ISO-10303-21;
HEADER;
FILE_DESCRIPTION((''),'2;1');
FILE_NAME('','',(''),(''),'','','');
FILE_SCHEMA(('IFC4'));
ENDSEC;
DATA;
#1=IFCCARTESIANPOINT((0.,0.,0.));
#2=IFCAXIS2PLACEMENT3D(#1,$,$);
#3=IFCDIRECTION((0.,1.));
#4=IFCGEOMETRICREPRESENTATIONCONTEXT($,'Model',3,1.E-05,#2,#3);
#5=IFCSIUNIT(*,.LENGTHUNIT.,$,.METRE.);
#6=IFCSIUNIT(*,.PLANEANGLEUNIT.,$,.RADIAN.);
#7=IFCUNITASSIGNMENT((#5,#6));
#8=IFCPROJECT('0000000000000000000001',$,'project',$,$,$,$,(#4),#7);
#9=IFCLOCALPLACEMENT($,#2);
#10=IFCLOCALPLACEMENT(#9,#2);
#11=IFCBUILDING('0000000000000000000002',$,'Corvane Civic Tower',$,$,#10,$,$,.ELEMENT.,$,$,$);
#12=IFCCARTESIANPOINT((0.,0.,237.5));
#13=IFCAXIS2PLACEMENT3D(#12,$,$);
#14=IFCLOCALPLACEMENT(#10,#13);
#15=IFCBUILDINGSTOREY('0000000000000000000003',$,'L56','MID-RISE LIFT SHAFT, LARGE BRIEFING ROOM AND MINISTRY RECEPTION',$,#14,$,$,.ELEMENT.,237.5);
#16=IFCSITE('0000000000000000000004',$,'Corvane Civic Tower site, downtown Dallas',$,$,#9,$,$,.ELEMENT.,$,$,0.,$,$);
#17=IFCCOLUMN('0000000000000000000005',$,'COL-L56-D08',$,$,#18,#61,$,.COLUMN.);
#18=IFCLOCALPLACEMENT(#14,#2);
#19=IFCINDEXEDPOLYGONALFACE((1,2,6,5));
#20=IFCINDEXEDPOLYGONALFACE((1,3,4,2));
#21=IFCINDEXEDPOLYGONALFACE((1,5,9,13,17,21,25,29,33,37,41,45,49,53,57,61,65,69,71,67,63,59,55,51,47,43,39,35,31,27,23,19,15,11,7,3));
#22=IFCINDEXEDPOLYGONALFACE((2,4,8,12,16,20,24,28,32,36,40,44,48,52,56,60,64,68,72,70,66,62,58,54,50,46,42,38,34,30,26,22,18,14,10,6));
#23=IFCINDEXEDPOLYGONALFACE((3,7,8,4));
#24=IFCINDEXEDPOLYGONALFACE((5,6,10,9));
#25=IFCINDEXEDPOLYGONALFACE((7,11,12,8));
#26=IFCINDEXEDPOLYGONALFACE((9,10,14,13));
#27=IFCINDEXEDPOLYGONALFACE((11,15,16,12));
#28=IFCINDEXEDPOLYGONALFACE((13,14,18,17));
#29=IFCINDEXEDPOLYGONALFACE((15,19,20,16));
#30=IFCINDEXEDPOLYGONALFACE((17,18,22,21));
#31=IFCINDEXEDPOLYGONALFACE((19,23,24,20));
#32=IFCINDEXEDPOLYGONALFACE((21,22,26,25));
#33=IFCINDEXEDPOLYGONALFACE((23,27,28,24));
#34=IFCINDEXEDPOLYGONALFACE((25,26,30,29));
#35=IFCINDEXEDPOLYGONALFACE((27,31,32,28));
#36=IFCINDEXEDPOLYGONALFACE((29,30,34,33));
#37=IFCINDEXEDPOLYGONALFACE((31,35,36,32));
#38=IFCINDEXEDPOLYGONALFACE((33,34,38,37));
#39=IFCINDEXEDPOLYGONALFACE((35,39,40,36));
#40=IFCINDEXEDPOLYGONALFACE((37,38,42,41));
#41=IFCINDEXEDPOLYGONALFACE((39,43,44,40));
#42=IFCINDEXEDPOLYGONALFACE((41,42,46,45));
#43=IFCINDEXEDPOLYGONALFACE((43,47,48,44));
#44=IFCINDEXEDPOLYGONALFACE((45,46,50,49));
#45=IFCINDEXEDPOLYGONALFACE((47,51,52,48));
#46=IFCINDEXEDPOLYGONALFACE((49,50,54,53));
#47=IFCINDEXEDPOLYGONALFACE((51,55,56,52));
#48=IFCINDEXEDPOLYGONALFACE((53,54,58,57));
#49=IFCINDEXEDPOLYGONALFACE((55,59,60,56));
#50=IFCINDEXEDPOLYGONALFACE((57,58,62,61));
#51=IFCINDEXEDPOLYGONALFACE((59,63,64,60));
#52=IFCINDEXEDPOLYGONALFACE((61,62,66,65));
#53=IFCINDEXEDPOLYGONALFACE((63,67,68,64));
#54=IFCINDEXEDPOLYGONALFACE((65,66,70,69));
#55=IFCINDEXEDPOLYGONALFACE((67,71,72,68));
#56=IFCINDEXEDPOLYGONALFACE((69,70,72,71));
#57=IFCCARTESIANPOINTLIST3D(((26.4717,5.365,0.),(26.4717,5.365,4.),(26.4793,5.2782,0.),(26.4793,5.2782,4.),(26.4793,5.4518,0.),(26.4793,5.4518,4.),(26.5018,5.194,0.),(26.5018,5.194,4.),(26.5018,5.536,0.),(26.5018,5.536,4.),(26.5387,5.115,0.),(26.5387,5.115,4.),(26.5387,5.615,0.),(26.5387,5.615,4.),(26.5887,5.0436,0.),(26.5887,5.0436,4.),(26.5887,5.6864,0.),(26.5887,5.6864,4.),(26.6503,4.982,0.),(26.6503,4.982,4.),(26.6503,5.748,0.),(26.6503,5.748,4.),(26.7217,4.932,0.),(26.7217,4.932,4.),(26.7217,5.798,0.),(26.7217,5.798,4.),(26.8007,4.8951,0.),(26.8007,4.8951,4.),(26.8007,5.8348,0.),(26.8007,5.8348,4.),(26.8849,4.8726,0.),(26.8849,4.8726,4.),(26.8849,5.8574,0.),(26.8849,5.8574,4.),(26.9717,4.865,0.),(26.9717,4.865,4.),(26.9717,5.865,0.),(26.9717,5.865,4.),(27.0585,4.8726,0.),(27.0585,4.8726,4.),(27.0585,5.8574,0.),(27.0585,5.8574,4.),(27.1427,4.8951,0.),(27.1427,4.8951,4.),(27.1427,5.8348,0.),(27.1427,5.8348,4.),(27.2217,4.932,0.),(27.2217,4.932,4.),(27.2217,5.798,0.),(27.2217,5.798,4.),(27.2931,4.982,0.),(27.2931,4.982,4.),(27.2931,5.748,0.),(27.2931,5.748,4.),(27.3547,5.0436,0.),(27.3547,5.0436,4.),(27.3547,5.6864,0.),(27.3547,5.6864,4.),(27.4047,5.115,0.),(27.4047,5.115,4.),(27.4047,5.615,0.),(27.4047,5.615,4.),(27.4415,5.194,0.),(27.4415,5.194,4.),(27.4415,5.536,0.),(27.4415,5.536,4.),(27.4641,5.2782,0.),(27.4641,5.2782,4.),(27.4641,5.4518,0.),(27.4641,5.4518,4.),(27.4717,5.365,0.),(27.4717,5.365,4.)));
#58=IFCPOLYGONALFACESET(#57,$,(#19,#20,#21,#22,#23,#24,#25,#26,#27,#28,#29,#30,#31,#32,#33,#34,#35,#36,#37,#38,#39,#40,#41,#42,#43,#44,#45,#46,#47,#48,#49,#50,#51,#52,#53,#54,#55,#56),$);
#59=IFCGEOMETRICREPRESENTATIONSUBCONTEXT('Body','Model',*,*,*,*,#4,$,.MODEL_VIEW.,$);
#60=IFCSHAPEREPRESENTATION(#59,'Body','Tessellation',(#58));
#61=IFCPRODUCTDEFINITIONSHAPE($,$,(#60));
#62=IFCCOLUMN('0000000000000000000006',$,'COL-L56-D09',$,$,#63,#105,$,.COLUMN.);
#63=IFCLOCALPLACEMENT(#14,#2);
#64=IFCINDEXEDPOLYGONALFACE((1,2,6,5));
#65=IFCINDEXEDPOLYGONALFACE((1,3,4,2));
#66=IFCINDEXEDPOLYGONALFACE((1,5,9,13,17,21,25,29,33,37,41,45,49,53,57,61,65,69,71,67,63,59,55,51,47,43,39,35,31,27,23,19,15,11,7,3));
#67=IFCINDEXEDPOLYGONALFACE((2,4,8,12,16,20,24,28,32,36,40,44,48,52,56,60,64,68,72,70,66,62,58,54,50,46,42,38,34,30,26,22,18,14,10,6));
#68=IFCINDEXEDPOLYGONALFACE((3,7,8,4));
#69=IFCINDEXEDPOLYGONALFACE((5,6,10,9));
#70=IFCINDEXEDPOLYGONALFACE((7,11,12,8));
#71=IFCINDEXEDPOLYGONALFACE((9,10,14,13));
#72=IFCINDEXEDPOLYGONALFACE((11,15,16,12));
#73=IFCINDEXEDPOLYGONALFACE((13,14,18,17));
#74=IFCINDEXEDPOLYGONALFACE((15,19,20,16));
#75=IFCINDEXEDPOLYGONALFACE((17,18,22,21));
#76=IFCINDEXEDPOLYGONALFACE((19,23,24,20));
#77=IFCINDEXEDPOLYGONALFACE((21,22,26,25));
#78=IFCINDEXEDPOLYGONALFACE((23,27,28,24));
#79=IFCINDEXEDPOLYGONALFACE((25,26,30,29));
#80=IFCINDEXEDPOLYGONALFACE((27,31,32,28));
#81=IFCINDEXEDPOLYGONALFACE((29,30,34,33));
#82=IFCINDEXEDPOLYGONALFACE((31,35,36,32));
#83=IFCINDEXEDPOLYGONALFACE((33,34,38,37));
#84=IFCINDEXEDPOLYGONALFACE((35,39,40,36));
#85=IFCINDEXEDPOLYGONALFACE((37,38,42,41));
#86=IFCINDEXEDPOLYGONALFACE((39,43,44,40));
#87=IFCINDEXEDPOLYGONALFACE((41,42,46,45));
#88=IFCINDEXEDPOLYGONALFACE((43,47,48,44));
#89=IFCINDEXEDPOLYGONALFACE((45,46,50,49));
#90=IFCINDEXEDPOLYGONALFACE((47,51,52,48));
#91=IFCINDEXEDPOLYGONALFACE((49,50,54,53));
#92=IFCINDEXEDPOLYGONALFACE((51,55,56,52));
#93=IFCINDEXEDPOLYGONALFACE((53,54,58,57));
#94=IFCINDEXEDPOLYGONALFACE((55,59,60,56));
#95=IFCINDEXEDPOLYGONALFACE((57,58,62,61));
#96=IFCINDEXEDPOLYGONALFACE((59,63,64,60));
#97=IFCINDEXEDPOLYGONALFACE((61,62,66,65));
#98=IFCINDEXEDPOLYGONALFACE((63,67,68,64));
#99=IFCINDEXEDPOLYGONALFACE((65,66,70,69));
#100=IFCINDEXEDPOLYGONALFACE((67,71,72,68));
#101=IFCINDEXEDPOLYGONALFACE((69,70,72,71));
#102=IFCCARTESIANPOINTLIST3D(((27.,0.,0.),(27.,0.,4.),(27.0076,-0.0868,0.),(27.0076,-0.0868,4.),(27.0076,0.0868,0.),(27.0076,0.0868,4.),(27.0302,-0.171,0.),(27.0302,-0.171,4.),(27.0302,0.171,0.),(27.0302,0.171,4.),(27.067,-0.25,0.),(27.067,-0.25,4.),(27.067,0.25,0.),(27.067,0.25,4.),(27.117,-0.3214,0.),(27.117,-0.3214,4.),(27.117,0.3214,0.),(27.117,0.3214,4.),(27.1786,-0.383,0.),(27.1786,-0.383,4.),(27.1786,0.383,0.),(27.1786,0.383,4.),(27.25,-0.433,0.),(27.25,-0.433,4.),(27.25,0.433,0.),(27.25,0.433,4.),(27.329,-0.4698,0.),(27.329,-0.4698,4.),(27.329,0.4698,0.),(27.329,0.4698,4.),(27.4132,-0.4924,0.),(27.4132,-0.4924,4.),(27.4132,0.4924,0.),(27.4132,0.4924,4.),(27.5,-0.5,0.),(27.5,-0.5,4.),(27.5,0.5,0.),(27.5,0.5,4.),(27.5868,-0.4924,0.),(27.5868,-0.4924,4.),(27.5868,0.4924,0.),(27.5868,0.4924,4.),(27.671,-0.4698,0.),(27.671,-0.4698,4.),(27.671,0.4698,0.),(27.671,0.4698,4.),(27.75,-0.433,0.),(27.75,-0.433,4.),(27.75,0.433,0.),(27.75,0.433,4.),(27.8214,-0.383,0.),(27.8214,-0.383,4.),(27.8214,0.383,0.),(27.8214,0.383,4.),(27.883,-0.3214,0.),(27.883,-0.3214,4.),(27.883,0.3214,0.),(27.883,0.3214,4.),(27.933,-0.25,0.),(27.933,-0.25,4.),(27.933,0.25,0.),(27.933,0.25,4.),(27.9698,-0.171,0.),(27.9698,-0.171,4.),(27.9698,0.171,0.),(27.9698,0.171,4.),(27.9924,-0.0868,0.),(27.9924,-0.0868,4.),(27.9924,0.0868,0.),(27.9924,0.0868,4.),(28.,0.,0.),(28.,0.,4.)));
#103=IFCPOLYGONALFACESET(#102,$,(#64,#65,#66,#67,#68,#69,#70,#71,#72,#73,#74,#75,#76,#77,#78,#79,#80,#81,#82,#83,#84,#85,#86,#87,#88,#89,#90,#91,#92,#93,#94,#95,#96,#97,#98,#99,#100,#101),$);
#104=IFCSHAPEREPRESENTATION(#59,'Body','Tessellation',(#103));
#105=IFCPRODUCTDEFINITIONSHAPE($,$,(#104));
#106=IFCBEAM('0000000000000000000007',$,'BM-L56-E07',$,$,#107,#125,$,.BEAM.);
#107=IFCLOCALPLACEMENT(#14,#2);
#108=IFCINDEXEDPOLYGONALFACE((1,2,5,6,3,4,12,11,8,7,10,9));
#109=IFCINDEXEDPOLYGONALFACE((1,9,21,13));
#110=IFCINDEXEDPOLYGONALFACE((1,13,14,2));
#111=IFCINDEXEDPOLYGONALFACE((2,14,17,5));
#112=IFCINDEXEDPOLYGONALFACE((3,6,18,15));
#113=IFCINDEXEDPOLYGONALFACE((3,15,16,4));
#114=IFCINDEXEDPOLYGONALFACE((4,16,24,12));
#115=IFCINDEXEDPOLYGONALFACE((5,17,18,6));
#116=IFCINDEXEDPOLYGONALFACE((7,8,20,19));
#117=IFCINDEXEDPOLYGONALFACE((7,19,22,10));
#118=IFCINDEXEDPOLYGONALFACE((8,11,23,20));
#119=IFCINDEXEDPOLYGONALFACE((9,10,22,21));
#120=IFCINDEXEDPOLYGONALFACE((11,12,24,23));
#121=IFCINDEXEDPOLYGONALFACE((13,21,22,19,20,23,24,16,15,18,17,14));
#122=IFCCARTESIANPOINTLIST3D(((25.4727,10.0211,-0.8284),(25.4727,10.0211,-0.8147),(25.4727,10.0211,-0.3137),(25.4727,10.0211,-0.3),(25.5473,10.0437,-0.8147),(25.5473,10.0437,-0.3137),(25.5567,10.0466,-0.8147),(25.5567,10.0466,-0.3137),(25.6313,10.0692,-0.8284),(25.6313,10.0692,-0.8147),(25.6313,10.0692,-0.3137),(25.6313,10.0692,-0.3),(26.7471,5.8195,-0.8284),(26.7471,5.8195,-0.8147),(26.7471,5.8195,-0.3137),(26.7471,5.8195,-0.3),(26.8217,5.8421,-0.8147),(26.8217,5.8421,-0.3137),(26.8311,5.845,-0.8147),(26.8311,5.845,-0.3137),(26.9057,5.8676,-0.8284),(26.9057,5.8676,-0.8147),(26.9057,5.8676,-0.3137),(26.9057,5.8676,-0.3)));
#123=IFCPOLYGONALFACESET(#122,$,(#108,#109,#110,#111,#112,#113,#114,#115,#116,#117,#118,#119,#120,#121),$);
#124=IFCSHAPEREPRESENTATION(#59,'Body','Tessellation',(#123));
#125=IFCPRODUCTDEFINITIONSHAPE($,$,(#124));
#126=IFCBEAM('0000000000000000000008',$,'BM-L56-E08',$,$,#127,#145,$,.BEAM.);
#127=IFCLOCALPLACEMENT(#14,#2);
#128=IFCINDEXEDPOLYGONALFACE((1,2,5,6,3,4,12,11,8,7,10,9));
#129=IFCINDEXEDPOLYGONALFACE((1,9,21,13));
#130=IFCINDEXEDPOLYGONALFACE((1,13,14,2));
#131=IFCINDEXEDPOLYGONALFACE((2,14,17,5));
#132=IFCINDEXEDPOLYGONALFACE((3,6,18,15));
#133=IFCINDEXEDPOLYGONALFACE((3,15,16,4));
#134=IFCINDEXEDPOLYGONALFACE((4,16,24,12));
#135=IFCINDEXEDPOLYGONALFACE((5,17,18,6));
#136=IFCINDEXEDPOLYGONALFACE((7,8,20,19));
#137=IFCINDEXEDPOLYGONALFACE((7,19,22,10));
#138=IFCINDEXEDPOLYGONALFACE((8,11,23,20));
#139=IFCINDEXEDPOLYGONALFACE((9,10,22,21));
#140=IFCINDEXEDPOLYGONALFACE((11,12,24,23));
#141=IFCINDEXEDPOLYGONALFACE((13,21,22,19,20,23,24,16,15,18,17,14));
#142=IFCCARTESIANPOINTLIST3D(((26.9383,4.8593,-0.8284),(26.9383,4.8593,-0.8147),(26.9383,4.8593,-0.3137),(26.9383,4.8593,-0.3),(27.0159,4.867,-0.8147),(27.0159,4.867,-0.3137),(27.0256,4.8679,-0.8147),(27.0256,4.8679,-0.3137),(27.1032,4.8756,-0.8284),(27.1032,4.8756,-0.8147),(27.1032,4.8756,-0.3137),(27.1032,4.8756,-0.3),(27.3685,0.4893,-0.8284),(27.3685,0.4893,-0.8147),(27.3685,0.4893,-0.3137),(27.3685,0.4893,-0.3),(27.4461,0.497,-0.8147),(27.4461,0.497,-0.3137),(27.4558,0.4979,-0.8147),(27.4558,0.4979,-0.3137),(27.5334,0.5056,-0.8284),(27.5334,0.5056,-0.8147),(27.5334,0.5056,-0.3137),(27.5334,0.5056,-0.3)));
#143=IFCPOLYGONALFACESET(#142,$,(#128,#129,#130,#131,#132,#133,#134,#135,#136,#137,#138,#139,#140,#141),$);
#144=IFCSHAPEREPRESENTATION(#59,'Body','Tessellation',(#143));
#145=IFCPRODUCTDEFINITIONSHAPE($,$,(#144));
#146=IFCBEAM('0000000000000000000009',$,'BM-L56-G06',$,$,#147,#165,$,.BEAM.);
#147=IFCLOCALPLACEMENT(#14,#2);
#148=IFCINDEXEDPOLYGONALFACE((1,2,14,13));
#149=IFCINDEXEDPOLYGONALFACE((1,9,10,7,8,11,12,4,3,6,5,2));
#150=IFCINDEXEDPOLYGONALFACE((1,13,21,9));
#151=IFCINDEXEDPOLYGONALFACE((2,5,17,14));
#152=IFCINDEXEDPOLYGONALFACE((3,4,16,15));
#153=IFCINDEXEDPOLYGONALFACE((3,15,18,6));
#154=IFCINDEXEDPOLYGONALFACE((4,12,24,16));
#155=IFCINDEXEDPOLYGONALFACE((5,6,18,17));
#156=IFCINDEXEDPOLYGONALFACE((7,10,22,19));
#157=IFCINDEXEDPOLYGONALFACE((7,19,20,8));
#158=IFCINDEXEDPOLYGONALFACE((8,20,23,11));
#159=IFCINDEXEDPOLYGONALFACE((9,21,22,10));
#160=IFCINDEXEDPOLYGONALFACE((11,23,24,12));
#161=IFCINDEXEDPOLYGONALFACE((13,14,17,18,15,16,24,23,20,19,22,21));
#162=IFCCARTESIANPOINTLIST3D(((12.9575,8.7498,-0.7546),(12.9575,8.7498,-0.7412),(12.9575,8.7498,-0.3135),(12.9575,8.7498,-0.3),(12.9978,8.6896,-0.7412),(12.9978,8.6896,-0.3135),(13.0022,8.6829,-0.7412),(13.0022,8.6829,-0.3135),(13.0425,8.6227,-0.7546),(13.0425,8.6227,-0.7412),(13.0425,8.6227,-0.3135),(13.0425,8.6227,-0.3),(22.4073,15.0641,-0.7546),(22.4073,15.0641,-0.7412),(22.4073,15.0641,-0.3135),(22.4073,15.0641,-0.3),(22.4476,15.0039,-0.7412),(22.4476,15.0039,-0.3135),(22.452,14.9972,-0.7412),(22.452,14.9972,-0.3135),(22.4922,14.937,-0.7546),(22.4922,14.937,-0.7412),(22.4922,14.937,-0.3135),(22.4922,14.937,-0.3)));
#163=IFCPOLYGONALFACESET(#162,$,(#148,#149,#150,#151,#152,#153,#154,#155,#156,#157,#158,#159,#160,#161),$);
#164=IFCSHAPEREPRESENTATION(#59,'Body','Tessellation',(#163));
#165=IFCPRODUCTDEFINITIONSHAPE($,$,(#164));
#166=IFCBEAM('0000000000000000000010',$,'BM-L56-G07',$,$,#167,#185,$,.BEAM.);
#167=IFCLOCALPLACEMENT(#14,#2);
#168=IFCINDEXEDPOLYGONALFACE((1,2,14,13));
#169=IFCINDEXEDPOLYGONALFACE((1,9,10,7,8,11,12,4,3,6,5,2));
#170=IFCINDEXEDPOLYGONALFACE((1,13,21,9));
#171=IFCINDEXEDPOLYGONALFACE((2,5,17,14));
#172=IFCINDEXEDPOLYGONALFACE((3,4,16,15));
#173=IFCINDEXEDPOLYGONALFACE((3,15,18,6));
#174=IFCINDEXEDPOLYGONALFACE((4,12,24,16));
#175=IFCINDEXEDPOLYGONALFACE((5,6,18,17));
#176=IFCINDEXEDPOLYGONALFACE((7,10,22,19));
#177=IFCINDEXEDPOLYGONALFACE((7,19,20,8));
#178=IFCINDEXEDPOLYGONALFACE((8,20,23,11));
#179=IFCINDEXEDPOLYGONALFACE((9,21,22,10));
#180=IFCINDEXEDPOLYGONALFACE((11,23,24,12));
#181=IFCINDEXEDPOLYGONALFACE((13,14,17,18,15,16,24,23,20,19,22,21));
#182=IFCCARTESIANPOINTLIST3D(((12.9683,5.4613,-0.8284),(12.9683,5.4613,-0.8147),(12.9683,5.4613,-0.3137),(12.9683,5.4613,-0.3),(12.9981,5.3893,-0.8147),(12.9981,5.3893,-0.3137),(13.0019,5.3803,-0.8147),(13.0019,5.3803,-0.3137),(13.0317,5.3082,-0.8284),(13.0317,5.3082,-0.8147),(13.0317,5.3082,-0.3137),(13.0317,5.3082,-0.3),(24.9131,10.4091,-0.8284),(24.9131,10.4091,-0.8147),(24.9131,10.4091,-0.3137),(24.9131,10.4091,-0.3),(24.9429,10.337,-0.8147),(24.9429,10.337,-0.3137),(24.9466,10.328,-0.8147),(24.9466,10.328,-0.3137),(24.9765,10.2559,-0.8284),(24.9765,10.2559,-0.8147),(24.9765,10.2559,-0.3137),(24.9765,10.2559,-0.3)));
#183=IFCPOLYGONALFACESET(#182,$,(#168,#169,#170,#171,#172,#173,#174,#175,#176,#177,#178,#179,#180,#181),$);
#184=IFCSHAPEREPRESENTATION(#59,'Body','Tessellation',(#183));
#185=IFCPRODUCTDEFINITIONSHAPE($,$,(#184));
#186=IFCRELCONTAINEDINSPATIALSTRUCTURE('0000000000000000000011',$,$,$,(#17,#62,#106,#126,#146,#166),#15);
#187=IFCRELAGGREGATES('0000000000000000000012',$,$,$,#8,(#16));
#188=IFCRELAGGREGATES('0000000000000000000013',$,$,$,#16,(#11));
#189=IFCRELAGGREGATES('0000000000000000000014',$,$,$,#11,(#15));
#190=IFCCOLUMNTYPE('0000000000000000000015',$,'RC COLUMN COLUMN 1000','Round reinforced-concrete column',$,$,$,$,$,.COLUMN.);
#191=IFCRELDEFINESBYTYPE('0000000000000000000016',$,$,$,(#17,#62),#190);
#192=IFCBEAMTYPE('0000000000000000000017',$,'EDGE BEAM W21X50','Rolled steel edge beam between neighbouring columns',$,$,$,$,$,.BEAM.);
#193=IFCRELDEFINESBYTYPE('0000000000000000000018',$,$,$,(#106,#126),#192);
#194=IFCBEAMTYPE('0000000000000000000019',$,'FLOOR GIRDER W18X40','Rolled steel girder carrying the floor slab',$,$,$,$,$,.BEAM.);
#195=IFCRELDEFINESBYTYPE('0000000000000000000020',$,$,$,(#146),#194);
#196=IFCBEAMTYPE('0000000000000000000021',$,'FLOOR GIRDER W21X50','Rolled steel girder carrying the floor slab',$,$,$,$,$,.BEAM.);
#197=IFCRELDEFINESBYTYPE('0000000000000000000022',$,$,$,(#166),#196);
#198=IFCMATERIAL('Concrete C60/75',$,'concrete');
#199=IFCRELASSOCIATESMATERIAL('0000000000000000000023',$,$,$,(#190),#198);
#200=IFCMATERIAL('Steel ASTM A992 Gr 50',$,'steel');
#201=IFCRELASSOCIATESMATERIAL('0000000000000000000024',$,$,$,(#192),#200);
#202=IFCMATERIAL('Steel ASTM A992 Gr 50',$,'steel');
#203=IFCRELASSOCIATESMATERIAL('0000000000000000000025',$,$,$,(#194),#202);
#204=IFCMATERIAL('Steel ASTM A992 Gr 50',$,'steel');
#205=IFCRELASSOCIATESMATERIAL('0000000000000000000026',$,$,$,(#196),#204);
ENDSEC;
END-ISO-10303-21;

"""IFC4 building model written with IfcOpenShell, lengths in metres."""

from ifc_helpers import new_model, si_unit, direction, frame, origin, origin_2d, place, context, subcontext, project, spatial, circle, i_section, extrude, material, material_profile, profile_set, type_object, element, save


model = new_model("IFC4")

# Units and contexts
model_context = context("Model", 3, precision=1e-05, world=origin(), true_north=direction((0.0, 1.0)))
body_context = subcontext(model_context, "Body", "Model", "MODEL_VIEW")
ifc_project = project(units=[si_unit("LENGTHUNIT", "METRE"), si_unit("PLANEANGLEUNIT", "RADIAN")], contexts=[model_context])

# Site, building, storey
site_placement = place(None, origin())
site = spatial("IfcSite", under=ifc_project, at=site_placement, Name="Corvane Civic Tower site, downtown Dallas", CompositionType="ELEMENT", RefElevation=0.0)
building_placement = place(site_placement, origin())
building = spatial("IfcBuilding", under=site, at=building_placement, Name="Corvane Civic Tower", CompositionType="ELEMENT")
storey_placement = place(building_placement, frame((0.0, 0.0, 237.5)))
storey = spatial("IfcBuildingStorey", under=building, at=storey_placement, Name="L56", Description="MID-RISE LIFT SHAFT, LARGE BRIEFING ROOM AND MINISTRY RECEPTION", CompositionType="ELEMENT", Elevation=237.5)

# Columns
ifc_material_1 = material(Name="Concrete C60/75", Category="concrete")
ifc_material_profile_1 = material_profile(ifc_material_1, circle(Radius=0.5, at=origin_2d()), Name="COLUMN 1000")
ifc_profile_set_1 = profile_set([ifc_material_profile_1], Name="Concrete C60/75")
column_type = type_object("IfcColumnType", Name="RC COLUMN COLUMN 1000", Description="Round reinforced-concrete column", PredefinedType="COLUMN", material=ifc_profile_set_1)
for number, where, z_axis, x_axis, name in (
    (1, (26.9717, 5.365, 0.0), (0.0, 0.0, 1.0), (1.0, 0.0, 0.0), "COL-L56-D08"),
    (2, (27.5, 0.0, 0.0), (0.0, 0.0, 1.0), (1.0, 0.0, 0.0), "COL-L56-D09"),
):
    element("IfcColumn", number, at=place(storey_placement, frame(where, z_axis=z_axis, x_axis=x_axis)), inside=storey, type_object=column_type, Name=name, PredefinedType="COLUMN", context=body_context, shape_type="SweptSolid", body=[
        extrude(circle(Radius=0.5, at=origin_2d()), origin(), (0.0, 0.0, 1.0), 4.0),
    ])

# Beams
ifc_material_2 = material(Name="Steel ASTM A992 Gr 50", Category="steel")
ifc_material_profile_2 = material_profile(ifc_material_2, i_section(OverallWidth=0.1658, OverallDepth=0.5283, WebThickness=0.0098, FlangeThickness=0.0137, at=origin_2d()), Name="W21X50")
ifc_profile_set_2 = profile_set([ifc_material_profile_2], Name="Steel ASTM A992 Gr 50")
beam_type_1 = type_object("IfcBeamType", Name="EDGE BEAM W21X50", Description="Rolled steel edge beam between neighbouring columns", PredefinedType="BEAM", material=ifc_profile_set_2)
beam_1_placement = place(storey_placement, frame((25.552, 10.0452, -0.5642), z_axis=(0.290254, -0.95695, 0.0), x_axis=(0.95695, 0.290254, 0.0)))
element("IfcBeam", 3, at=beam_1_placement, inside=storey, type_object=beam_type_1, Name="BM-L56-E07", PredefinedType="BEAM", context=body_context, shape_type="SweptSolid", body=[
    extrude(i_section(OverallWidth=0.1658, OverallDepth=0.5283, WebThickness=0.0098, FlangeThickness=0.0137, at=origin_2d()), origin(), (0.0, 0.0, 1.0), 4.3906),
])
beam_2_placement = place(storey_placement, frame((27.0208, 4.8674, -0.5642), z_axis=(0.097968, -0.99519, 0.0), x_axis=(0.99519, 0.097968, 0.0)))
element("IfcBeam", 4, at=beam_2_placement, inside=storey, type_object=beam_type_1, Name="BM-L56-E08", PredefinedType="BEAM", context=body_context, shape_type="SweptSolid", body=[
    extrude(i_section(OverallWidth=0.1658, OverallDepth=0.5283, WebThickness=0.0098, FlangeThickness=0.0137, at=origin_2d()), origin(), (0.0, 0.0, 1.0), 4.3911),
])
ifc_material_3 = material(Name="Steel ASTM A992 Gr 50", Category="steel")
ifc_material_profile_3 = material_profile(ifc_material_3, i_section(OverallWidth=0.1528, OverallDepth=0.4546, WebThickness=0.0081, FlangeThickness=0.0134, at=origin_2d()), Name="W18X40")
ifc_profile_set_3 = profile_set([ifc_material_profile_3], Name="Steel ASTM A992 Gr 50")
beam_type_2 = type_object("IfcBeamType", Name="FLOOR GIRDER W18X40", Description="Rolled steel girder carrying the floor slab", PredefinedType="BEAM", material=ifc_profile_set_3)
beam_3_placement = place(storey_placement, frame((13.0, 8.6863, -0.5273), z_axis=(0.831465, 0.555577, 0.0), x_axis=(-0.555577, 0.831465, 0.0)))
element("IfcBeam", 5, at=beam_3_placement, inside=storey, type_object=beam_type_2, Name="BM-L56-G06", PredefinedType="BEAM", context=body_context, shape_type="SweptSolid", body=[
    extrude(i_section(OverallWidth=0.1528, OverallDepth=0.4546, WebThickness=0.0081, FlangeThickness=0.0134, at=origin_2d()), origin(), (0.0, 0.0, 1.0), 11.3652),
])
ifc_material_4 = material(Name="Steel ASTM A992 Gr 50", Category="steel")
ifc_material_profile_4 = material_profile(ifc_material_4, i_section(OverallWidth=0.1658, OverallDepth=0.5283, WebThickness=0.0098, FlangeThickness=0.0137, at=origin_2d()), Name="W21X50")
ifc_profile_set_4 = profile_set([ifc_material_profile_4], Name="Steel ASTM A992 Gr 50")
beam_type_3 = type_object("IfcBeamType", Name="FLOOR GIRDER W21X50", Description="Rolled steel girder carrying the floor slab", PredefinedType="BEAM", material=ifc_profile_set_4)
beam_4_placement = place(storey_placement, frame((13.0, 5.3848, -0.5642), z_axis=(0.923878, 0.382686, 0.0), x_axis=(-0.382686, 0.923878, 0.0)))
element("IfcBeam", 6, at=beam_4_placement, inside=storey, type_object=beam_type_3, Name="BM-L56-G07", PredefinedType="BEAM", context=body_context, shape_type="SweptSolid", body=[
    extrude(i_section(OverallWidth=0.1658, OverallDepth=0.5283, WebThickness=0.0098, FlangeThickness=0.0137, at=origin_2d()), origin(), (0.0, 0.0, 1.0), 12.929),
])

save(model, "model.ifc")
